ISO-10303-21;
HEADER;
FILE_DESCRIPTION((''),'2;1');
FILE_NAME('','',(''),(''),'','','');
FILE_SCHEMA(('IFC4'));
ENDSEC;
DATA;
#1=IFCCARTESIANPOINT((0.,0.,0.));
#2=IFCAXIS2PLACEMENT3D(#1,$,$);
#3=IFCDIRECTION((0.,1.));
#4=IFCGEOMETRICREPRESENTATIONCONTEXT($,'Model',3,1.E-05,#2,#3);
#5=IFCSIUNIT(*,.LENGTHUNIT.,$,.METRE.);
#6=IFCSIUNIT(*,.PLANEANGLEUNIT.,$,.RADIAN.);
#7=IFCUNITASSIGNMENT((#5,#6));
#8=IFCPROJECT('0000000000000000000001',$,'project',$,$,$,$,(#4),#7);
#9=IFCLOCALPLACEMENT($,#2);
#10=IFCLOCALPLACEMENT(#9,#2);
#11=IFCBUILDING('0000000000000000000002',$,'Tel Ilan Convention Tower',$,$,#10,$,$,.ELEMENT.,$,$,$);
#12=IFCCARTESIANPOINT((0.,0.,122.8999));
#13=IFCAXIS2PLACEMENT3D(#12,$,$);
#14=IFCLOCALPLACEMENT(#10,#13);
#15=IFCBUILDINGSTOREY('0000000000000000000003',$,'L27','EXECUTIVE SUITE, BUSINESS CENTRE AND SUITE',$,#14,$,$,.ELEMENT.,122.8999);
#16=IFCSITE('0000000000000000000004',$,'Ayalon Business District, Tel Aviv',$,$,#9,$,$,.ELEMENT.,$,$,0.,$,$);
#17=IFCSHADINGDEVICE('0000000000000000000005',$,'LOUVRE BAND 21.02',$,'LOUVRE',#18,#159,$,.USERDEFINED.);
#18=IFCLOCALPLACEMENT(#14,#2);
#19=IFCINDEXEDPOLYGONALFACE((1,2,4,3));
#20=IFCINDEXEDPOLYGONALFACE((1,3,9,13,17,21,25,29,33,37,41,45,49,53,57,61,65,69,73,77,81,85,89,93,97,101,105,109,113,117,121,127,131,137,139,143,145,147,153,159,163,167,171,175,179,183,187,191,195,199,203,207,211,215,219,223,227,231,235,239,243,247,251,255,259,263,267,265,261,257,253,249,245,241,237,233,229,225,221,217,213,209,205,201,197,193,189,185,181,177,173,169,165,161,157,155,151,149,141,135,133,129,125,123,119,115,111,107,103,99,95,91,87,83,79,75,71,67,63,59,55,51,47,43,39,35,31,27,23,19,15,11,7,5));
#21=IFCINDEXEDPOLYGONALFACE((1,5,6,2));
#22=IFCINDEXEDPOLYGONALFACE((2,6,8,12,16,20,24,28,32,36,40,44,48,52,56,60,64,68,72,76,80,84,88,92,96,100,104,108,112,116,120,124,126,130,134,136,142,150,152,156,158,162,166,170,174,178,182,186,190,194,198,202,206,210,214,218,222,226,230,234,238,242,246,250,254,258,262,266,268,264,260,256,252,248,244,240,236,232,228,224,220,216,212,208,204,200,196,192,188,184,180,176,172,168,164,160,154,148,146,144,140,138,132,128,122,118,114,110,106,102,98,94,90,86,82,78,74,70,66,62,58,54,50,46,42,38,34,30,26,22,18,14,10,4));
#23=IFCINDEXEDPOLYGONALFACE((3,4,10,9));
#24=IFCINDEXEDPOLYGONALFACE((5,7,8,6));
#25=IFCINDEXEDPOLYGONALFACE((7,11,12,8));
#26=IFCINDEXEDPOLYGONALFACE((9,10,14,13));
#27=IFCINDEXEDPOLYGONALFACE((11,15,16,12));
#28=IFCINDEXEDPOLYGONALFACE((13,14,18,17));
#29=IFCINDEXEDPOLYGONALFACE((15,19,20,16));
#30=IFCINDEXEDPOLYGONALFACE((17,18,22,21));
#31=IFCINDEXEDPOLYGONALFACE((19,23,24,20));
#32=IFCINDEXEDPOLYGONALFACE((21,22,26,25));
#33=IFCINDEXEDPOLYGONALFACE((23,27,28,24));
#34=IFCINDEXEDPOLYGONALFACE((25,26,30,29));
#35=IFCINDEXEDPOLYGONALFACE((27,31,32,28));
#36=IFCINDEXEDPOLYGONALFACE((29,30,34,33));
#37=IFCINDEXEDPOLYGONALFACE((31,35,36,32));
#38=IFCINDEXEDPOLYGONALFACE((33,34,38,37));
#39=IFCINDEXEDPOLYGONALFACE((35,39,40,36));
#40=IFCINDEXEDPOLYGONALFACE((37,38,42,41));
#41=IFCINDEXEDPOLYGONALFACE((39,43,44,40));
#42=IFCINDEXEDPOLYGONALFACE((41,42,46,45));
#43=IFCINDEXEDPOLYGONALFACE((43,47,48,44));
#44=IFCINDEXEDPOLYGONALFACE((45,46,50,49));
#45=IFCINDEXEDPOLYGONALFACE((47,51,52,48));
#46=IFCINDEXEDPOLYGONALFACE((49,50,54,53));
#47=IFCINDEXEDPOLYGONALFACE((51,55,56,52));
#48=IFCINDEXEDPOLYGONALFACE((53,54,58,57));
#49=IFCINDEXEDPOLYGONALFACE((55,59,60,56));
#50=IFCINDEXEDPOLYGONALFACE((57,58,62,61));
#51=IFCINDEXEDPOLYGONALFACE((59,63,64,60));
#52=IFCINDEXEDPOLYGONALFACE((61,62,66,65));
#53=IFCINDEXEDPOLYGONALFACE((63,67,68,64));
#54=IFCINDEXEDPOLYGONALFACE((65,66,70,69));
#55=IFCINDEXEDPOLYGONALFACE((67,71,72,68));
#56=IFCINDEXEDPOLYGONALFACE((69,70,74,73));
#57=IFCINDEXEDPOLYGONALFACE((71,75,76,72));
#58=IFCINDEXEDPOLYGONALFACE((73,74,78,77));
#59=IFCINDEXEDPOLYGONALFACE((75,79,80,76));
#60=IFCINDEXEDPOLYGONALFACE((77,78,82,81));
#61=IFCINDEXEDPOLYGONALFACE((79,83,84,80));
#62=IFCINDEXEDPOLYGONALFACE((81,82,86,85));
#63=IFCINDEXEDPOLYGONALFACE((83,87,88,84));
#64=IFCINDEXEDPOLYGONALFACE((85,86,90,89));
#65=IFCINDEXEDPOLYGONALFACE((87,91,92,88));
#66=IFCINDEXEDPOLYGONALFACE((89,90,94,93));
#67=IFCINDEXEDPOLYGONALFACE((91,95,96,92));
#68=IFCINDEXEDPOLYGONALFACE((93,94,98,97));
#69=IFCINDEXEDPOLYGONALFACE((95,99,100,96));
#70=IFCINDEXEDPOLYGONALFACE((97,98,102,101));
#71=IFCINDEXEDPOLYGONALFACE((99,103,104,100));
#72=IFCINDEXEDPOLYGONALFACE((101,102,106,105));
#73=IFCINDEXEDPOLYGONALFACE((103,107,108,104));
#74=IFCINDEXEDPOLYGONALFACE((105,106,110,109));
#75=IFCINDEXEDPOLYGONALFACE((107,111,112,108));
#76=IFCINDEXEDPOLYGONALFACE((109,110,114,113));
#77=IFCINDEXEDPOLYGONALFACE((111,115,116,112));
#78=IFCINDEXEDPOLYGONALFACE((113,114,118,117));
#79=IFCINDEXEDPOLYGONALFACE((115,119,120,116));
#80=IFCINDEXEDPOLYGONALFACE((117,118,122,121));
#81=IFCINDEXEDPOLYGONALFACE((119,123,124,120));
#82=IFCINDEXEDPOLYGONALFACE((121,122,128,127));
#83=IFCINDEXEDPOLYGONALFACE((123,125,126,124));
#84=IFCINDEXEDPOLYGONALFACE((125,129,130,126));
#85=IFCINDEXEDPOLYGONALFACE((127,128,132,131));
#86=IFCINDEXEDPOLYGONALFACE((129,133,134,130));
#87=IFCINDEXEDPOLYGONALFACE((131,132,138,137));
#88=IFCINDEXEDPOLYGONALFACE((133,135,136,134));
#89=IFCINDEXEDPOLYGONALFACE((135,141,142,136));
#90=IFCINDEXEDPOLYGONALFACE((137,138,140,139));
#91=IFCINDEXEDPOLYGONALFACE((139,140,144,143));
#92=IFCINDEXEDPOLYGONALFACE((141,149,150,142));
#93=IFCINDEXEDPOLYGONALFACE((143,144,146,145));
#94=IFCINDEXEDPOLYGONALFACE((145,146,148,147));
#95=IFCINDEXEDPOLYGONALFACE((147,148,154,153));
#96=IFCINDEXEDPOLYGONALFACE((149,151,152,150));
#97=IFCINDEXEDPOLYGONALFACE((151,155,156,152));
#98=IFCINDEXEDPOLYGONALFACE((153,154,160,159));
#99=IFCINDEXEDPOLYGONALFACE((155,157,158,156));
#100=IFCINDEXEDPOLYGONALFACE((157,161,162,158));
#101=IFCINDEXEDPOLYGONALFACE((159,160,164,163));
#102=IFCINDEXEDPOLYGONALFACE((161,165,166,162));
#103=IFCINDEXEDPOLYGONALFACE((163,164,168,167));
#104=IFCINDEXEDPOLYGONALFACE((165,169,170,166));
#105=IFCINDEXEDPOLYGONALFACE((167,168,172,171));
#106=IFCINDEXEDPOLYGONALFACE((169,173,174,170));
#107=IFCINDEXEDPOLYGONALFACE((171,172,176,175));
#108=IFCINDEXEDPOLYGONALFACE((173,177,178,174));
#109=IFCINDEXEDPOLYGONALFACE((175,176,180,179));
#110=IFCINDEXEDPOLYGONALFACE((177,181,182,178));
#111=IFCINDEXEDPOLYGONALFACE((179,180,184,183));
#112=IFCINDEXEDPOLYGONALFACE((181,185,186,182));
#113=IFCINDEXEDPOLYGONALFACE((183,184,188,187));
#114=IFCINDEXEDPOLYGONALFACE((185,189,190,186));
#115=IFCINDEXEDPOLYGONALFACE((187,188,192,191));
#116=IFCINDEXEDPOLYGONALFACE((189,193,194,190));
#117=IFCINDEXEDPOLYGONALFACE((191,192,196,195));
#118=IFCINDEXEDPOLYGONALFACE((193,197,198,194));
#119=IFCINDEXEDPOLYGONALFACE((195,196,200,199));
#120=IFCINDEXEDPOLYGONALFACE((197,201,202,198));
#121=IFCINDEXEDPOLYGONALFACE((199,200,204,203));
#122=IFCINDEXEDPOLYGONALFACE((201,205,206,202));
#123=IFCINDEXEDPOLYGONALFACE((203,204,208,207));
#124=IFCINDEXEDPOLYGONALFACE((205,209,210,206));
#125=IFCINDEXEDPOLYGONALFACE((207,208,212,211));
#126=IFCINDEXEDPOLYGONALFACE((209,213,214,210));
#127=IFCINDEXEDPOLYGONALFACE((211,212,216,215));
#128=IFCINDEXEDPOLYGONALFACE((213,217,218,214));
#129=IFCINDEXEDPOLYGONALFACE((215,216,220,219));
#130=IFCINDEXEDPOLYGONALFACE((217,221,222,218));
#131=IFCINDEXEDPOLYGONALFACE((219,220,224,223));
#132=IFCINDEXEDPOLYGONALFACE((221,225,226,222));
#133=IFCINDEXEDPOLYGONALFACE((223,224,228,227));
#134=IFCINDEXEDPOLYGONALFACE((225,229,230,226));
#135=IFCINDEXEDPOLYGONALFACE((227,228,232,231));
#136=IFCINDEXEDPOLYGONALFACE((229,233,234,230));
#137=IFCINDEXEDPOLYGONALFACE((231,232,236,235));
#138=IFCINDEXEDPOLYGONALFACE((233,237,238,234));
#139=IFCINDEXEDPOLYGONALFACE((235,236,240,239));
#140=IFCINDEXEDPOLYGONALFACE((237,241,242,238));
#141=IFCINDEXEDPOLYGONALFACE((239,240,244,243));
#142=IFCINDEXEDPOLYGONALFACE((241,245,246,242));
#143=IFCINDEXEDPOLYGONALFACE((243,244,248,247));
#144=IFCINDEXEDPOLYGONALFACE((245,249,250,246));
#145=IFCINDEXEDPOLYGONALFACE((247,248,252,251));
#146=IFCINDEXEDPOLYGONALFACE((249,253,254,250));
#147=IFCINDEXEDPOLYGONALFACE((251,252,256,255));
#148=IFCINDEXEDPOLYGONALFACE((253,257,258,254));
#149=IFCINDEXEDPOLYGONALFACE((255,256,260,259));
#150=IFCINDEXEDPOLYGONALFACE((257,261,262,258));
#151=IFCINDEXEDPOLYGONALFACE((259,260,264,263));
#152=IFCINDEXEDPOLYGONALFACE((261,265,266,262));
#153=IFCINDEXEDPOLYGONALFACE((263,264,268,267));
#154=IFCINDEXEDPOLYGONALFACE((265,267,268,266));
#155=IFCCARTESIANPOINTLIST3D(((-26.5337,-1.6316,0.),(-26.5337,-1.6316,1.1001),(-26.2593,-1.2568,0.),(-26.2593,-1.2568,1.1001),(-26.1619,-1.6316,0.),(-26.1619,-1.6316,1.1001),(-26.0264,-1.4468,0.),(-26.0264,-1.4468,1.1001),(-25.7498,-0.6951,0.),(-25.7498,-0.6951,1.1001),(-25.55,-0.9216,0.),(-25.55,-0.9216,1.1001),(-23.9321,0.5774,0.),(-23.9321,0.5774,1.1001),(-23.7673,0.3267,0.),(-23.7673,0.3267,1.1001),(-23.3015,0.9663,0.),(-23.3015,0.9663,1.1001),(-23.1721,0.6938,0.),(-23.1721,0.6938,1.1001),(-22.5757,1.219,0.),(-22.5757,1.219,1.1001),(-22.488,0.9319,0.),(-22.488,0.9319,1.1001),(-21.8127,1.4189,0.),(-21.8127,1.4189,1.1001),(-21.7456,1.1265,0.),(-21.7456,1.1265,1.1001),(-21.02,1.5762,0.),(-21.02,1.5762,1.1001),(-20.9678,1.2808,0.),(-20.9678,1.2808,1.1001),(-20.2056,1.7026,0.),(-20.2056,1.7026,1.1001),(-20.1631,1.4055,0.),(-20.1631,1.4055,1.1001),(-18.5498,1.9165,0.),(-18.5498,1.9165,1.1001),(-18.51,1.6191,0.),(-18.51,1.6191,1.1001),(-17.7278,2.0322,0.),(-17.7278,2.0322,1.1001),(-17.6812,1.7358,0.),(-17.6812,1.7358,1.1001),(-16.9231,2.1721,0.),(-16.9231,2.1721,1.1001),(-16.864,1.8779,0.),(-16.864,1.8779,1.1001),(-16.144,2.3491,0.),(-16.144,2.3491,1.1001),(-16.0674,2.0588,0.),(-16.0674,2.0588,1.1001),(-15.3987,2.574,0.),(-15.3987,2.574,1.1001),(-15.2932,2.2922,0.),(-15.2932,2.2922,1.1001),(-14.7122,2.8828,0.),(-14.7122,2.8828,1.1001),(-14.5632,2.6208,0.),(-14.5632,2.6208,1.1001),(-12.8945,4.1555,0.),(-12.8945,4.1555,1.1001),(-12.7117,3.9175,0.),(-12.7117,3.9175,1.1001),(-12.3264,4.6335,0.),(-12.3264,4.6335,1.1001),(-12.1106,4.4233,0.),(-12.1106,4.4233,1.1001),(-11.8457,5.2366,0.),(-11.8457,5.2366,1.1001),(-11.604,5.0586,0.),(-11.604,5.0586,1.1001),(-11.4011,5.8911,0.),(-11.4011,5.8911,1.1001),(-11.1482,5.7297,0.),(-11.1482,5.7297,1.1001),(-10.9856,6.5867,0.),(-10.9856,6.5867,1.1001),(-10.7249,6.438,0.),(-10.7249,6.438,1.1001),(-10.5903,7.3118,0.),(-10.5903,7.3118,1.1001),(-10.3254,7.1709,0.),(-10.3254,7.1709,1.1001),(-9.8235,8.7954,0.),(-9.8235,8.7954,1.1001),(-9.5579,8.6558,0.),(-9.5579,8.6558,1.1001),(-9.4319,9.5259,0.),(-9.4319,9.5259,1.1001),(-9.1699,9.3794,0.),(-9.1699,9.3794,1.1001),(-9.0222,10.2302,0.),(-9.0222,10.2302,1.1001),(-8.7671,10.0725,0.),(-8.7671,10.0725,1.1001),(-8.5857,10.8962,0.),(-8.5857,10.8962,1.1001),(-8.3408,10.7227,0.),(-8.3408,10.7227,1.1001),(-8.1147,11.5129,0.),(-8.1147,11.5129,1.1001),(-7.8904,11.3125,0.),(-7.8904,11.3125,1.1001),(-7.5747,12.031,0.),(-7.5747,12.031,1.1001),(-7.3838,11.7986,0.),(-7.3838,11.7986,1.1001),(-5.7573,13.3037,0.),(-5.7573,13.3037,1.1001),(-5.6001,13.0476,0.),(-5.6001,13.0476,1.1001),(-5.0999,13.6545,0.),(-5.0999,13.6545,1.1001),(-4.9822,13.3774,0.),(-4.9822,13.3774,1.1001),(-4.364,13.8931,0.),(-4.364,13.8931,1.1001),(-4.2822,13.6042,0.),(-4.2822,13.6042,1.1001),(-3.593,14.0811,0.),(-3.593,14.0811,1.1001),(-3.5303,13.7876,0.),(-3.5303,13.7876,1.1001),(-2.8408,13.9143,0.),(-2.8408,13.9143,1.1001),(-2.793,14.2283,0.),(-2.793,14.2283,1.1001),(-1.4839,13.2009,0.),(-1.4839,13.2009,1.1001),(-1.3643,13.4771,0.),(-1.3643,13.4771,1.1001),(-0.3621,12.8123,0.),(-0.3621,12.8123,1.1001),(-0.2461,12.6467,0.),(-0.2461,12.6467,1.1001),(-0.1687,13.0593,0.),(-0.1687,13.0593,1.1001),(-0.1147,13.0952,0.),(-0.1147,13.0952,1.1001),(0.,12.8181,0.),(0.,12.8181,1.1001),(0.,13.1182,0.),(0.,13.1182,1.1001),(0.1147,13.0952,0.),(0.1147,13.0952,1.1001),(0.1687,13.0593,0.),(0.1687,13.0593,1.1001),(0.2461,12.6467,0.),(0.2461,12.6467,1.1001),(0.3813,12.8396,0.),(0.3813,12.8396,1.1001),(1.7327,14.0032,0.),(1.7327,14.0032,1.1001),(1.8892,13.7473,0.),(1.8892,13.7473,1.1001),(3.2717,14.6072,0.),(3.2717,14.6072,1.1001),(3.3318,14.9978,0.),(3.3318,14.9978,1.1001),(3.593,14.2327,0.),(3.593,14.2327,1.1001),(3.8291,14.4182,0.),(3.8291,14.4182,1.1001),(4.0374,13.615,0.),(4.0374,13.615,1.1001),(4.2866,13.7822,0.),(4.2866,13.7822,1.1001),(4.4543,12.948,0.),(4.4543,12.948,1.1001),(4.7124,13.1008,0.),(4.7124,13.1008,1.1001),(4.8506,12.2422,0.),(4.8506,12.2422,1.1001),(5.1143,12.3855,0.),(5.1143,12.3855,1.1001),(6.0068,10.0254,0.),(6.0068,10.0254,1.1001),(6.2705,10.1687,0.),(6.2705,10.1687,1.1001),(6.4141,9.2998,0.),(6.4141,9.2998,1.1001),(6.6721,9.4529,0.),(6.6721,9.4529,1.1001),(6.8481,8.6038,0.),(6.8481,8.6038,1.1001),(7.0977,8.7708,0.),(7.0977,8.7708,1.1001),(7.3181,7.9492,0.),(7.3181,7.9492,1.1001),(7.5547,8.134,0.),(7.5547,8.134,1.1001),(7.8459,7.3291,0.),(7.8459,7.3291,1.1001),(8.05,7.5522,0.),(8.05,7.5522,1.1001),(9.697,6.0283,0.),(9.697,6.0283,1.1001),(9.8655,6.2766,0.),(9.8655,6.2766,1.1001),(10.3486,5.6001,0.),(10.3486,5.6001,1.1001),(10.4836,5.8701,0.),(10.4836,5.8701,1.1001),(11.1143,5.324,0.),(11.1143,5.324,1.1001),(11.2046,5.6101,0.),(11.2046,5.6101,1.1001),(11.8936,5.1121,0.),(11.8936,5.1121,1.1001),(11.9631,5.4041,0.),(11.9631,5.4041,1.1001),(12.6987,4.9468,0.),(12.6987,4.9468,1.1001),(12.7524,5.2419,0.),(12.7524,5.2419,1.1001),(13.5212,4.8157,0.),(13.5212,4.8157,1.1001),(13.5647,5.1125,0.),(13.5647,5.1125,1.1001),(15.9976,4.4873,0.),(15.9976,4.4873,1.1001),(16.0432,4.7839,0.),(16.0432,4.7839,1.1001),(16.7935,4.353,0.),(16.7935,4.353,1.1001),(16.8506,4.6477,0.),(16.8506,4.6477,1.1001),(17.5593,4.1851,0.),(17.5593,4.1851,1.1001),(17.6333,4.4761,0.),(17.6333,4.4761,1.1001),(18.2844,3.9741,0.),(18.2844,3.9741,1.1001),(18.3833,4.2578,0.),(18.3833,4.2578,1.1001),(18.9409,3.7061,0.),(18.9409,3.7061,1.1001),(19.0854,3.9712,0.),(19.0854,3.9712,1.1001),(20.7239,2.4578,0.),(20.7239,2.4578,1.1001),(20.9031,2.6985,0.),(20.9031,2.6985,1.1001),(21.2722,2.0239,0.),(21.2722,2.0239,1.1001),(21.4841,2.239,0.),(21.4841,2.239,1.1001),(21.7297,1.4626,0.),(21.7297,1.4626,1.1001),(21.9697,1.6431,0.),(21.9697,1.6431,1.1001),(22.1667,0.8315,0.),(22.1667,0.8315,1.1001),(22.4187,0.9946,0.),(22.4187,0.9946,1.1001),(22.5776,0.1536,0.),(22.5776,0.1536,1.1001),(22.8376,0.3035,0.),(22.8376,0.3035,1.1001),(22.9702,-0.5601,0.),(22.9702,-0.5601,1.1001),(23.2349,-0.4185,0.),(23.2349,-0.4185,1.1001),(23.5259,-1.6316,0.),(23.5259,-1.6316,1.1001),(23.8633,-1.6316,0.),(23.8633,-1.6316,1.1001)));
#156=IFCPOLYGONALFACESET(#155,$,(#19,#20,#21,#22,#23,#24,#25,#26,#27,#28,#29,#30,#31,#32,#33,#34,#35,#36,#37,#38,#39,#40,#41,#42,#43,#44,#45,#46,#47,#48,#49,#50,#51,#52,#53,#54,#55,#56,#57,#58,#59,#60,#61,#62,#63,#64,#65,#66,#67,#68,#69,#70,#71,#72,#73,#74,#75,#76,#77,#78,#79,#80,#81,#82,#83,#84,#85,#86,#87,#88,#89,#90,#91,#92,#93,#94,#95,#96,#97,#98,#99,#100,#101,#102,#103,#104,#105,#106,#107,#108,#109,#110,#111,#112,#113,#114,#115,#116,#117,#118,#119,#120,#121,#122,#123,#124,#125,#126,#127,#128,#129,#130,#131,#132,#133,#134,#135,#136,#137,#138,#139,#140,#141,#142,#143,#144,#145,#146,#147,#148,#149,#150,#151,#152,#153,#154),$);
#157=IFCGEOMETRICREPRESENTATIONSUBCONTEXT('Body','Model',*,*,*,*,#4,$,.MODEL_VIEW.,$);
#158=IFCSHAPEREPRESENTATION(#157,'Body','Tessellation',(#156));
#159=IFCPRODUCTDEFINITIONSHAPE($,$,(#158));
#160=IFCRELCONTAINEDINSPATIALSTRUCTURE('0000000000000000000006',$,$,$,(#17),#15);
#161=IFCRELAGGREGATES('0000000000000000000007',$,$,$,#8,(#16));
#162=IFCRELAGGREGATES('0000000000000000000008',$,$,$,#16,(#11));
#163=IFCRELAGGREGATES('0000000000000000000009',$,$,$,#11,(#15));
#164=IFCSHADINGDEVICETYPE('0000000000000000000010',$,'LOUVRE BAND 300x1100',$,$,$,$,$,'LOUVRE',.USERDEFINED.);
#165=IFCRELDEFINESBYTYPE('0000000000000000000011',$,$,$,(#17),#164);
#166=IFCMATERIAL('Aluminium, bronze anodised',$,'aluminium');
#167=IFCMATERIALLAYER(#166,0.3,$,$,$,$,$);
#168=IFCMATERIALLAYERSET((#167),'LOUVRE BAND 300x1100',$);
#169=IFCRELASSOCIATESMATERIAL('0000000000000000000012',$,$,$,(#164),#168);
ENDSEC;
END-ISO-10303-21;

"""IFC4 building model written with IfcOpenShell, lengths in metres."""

from ifc_helpers import new_model, si_unit, direction, frame, origin, place, context, subcontext, project, spatial, polyline, outline, extrude, material, layer, layer_set, type_object, element, save


model = new_model("IFC4")

# Units and contexts
model_context = context("Model", 3, precision=1e-05, world=origin(), true_north=direction((0.0, 1.0)))
body_context = subcontext(model_context, "Body", "Model", "MODEL_VIEW")
ifc_project = project(units=[si_unit("LENGTHUNIT", "METRE"), si_unit("PLANEANGLEUNIT", "RADIAN")], contexts=[model_context])

# Site, building, storey
site_placement = place(None, origin())
site = spatial("IfcSite", under=ifc_project, at=site_placement, Name="Ayalon Business District, Tel Aviv", CompositionType="ELEMENT", RefElevation=0.0)
building_placement = place(site_placement, origin())
building = spatial("IfcBuilding", under=site, at=building_placement, Name="Tel Ilan Convention Tower", CompositionType="ELEMENT")
storey_placement = place(building_placement, frame((0.0, 0.0, 122.8999)))
storey = spatial("IfcBuildingStorey", under=building, at=storey_placement, Name="L27", Description="EXECUTIVE SUITE, BUSINESS CENTRE AND SUITE", CompositionType="ELEMENT", Elevation=122.8999)

# Shading device
ifc_material_1 = material(Name="Aluminium, bronze anodised", Category="aluminium")
ifc_layer_1 = layer(ifc_material_1, 0.3)
ifc_layer_set_1 = layer_set([ifc_layer_1], Name="LOUVRE BAND 300x1100")
shading_device_type_1 = type_object("IfcShadingDeviceType", Name="LOUVRE BAND 300x1100", ElementType="LOUVRE", PredefinedType="USERDEFINED", material=ifc_layer_set_1)
shading_device_1_placement = place(storey_placement, origin())
element("IfcShadingDevice", 1, at=shading_device_1_placement, inside=storey, type_object=shading_device_type_1, Name="LOUVRE BAND 21.02", ObjectType="LOUVRE", PredefinedType="USERDEFINED", context=body_context, shape_type="SweptSolid", body=[
    extrude(outline(polyline([(-26.2593, -1.2568), (-26.5337, -1.6316), (-26.1619, -1.6316), (-26.0264, -1.4468), (-25.55, -0.9216), (-23.7673, 0.3267), (-23.1721, 0.6938), (-22.488, 0.9319), (-21.7456, 1.1265), (-20.9678, 1.2808), (-20.1631, 1.4055), (-18.51, 1.6191), (-17.6812, 1.7358), (-16.864, 1.8779), (-16.0674, 2.0588), (-15.2932, 2.2922), (-14.5632, 2.6208), (-12.7117, 3.9175), (-12.1106, 4.4233), (-11.604, 5.0586), (-11.1482, 5.7297), (-10.7249, 6.438), (-10.3254, 7.1709), (-9.5579, 8.6558), (-9.1699, 9.3794), (-8.7671, 10.0725), (-8.3408, 10.7227), (-7.8904, 11.3125), (-7.3838, 11.7986), (-5.6001, 13.0476), (-4.9822, 13.3774), (-4.2822, 13.6042), (-3.5303, 13.7876), (-2.8408, 13.9143), (-1.4839, 13.2009), (-0.3621, 12.8123), (-0.2461, 12.6467), (0.0, 12.8181), (0.2461, 12.6467), (0.3813, 12.8396), (1.8892, 13.7473), (3.2717, 14.6072), (3.593, 14.2327), (4.0374, 13.615), (4.4543, 12.948), (4.8506, 12.2422), (6.0068, 10.0254), (6.4141, 9.2998), (6.8481, 8.6038), (7.3181, 7.9492), (7.8459, 7.3291), (9.697, 6.0283), (10.3486, 5.6001), (11.1143, 5.324), (11.8936, 5.1121), (12.6987, 4.9468), (13.5212, 4.8157), (15.9976, 4.4873), (16.7935, 4.353), (17.5593, 4.1851), (18.2844, 3.9741), (18.9409, 3.7061), (20.7239, 2.4578), (21.2722, 2.0239), (21.7297, 1.4626), (22.1667, 0.8315), (22.5776, 0.1536), (22.9702, -0.5601), (23.5259, -1.6316), (23.8633, -1.6316), (23.2349, -0.4185), (22.8376, 0.3035), (22.4187, 0.9946), (21.9697, 1.6431), (21.4841, 2.239), (20.9031, 2.6985), (19.0854, 3.9712), (18.3833, 4.2578), (17.6333, 4.4761), (16.8506, 4.6477), (16.0432, 4.7839), (13.5647, 5.1125), (12.7524, 5.2419), (11.9631, 5.4041), (11.2046, 5.6101), (10.4836, 5.8701), (9.8655, 6.2766), (8.05, 7.5522), (7.5547, 8.134), (7.0977, 8.7708), (6.6721, 9.4529), (6.2705, 10.1687), (5.1143, 12.3855), (4.7124, 13.1008), (4.2866, 13.7822), (3.8291, 14.4182), (3.3318, 14.9978), (1.7327, 14.0032), (0.1687, 13.0593), (0.1147, 13.0952), (0.0, 13.1182), (-0.1147, 13.0952), (-0.1687, 13.0593), (-1.3643, 13.4771), (-2.793, 14.2283), (-3.593, 14.0811), (-4.364, 13.8931), (-5.0999, 13.6545), (-5.7573, 13.3037), (-7.5747, 12.031), (-8.1147, 11.5129), (-8.5857, 10.8962), (-9.0222, 10.2302), (-9.4319, 9.5259), (-9.8235, 8.7954), (-10.5903, 7.3118), (-10.9856, 6.5867), (-11.4011, 5.8911), (-11.8457, 5.2366), (-12.3264, 4.6335), (-12.8945, 4.1555), (-14.7122, 2.8828), (-15.3987, 2.574), (-16.144, 2.3491), (-16.9231, 2.1721), (-17.7278, 2.0322), (-18.5498, 1.9165), (-20.2056, 1.7026), (-21.02, 1.5762), (-21.8127, 1.4189), (-22.5757, 1.219), (-23.3015, 0.9663), (-23.9321, 0.5774), (-25.7498, -0.6951), (-26.2593, -1.2568)])), origin(), (0.0, 0.0, 1.0), 1.1001),
])

save(model, "model.ifc")
